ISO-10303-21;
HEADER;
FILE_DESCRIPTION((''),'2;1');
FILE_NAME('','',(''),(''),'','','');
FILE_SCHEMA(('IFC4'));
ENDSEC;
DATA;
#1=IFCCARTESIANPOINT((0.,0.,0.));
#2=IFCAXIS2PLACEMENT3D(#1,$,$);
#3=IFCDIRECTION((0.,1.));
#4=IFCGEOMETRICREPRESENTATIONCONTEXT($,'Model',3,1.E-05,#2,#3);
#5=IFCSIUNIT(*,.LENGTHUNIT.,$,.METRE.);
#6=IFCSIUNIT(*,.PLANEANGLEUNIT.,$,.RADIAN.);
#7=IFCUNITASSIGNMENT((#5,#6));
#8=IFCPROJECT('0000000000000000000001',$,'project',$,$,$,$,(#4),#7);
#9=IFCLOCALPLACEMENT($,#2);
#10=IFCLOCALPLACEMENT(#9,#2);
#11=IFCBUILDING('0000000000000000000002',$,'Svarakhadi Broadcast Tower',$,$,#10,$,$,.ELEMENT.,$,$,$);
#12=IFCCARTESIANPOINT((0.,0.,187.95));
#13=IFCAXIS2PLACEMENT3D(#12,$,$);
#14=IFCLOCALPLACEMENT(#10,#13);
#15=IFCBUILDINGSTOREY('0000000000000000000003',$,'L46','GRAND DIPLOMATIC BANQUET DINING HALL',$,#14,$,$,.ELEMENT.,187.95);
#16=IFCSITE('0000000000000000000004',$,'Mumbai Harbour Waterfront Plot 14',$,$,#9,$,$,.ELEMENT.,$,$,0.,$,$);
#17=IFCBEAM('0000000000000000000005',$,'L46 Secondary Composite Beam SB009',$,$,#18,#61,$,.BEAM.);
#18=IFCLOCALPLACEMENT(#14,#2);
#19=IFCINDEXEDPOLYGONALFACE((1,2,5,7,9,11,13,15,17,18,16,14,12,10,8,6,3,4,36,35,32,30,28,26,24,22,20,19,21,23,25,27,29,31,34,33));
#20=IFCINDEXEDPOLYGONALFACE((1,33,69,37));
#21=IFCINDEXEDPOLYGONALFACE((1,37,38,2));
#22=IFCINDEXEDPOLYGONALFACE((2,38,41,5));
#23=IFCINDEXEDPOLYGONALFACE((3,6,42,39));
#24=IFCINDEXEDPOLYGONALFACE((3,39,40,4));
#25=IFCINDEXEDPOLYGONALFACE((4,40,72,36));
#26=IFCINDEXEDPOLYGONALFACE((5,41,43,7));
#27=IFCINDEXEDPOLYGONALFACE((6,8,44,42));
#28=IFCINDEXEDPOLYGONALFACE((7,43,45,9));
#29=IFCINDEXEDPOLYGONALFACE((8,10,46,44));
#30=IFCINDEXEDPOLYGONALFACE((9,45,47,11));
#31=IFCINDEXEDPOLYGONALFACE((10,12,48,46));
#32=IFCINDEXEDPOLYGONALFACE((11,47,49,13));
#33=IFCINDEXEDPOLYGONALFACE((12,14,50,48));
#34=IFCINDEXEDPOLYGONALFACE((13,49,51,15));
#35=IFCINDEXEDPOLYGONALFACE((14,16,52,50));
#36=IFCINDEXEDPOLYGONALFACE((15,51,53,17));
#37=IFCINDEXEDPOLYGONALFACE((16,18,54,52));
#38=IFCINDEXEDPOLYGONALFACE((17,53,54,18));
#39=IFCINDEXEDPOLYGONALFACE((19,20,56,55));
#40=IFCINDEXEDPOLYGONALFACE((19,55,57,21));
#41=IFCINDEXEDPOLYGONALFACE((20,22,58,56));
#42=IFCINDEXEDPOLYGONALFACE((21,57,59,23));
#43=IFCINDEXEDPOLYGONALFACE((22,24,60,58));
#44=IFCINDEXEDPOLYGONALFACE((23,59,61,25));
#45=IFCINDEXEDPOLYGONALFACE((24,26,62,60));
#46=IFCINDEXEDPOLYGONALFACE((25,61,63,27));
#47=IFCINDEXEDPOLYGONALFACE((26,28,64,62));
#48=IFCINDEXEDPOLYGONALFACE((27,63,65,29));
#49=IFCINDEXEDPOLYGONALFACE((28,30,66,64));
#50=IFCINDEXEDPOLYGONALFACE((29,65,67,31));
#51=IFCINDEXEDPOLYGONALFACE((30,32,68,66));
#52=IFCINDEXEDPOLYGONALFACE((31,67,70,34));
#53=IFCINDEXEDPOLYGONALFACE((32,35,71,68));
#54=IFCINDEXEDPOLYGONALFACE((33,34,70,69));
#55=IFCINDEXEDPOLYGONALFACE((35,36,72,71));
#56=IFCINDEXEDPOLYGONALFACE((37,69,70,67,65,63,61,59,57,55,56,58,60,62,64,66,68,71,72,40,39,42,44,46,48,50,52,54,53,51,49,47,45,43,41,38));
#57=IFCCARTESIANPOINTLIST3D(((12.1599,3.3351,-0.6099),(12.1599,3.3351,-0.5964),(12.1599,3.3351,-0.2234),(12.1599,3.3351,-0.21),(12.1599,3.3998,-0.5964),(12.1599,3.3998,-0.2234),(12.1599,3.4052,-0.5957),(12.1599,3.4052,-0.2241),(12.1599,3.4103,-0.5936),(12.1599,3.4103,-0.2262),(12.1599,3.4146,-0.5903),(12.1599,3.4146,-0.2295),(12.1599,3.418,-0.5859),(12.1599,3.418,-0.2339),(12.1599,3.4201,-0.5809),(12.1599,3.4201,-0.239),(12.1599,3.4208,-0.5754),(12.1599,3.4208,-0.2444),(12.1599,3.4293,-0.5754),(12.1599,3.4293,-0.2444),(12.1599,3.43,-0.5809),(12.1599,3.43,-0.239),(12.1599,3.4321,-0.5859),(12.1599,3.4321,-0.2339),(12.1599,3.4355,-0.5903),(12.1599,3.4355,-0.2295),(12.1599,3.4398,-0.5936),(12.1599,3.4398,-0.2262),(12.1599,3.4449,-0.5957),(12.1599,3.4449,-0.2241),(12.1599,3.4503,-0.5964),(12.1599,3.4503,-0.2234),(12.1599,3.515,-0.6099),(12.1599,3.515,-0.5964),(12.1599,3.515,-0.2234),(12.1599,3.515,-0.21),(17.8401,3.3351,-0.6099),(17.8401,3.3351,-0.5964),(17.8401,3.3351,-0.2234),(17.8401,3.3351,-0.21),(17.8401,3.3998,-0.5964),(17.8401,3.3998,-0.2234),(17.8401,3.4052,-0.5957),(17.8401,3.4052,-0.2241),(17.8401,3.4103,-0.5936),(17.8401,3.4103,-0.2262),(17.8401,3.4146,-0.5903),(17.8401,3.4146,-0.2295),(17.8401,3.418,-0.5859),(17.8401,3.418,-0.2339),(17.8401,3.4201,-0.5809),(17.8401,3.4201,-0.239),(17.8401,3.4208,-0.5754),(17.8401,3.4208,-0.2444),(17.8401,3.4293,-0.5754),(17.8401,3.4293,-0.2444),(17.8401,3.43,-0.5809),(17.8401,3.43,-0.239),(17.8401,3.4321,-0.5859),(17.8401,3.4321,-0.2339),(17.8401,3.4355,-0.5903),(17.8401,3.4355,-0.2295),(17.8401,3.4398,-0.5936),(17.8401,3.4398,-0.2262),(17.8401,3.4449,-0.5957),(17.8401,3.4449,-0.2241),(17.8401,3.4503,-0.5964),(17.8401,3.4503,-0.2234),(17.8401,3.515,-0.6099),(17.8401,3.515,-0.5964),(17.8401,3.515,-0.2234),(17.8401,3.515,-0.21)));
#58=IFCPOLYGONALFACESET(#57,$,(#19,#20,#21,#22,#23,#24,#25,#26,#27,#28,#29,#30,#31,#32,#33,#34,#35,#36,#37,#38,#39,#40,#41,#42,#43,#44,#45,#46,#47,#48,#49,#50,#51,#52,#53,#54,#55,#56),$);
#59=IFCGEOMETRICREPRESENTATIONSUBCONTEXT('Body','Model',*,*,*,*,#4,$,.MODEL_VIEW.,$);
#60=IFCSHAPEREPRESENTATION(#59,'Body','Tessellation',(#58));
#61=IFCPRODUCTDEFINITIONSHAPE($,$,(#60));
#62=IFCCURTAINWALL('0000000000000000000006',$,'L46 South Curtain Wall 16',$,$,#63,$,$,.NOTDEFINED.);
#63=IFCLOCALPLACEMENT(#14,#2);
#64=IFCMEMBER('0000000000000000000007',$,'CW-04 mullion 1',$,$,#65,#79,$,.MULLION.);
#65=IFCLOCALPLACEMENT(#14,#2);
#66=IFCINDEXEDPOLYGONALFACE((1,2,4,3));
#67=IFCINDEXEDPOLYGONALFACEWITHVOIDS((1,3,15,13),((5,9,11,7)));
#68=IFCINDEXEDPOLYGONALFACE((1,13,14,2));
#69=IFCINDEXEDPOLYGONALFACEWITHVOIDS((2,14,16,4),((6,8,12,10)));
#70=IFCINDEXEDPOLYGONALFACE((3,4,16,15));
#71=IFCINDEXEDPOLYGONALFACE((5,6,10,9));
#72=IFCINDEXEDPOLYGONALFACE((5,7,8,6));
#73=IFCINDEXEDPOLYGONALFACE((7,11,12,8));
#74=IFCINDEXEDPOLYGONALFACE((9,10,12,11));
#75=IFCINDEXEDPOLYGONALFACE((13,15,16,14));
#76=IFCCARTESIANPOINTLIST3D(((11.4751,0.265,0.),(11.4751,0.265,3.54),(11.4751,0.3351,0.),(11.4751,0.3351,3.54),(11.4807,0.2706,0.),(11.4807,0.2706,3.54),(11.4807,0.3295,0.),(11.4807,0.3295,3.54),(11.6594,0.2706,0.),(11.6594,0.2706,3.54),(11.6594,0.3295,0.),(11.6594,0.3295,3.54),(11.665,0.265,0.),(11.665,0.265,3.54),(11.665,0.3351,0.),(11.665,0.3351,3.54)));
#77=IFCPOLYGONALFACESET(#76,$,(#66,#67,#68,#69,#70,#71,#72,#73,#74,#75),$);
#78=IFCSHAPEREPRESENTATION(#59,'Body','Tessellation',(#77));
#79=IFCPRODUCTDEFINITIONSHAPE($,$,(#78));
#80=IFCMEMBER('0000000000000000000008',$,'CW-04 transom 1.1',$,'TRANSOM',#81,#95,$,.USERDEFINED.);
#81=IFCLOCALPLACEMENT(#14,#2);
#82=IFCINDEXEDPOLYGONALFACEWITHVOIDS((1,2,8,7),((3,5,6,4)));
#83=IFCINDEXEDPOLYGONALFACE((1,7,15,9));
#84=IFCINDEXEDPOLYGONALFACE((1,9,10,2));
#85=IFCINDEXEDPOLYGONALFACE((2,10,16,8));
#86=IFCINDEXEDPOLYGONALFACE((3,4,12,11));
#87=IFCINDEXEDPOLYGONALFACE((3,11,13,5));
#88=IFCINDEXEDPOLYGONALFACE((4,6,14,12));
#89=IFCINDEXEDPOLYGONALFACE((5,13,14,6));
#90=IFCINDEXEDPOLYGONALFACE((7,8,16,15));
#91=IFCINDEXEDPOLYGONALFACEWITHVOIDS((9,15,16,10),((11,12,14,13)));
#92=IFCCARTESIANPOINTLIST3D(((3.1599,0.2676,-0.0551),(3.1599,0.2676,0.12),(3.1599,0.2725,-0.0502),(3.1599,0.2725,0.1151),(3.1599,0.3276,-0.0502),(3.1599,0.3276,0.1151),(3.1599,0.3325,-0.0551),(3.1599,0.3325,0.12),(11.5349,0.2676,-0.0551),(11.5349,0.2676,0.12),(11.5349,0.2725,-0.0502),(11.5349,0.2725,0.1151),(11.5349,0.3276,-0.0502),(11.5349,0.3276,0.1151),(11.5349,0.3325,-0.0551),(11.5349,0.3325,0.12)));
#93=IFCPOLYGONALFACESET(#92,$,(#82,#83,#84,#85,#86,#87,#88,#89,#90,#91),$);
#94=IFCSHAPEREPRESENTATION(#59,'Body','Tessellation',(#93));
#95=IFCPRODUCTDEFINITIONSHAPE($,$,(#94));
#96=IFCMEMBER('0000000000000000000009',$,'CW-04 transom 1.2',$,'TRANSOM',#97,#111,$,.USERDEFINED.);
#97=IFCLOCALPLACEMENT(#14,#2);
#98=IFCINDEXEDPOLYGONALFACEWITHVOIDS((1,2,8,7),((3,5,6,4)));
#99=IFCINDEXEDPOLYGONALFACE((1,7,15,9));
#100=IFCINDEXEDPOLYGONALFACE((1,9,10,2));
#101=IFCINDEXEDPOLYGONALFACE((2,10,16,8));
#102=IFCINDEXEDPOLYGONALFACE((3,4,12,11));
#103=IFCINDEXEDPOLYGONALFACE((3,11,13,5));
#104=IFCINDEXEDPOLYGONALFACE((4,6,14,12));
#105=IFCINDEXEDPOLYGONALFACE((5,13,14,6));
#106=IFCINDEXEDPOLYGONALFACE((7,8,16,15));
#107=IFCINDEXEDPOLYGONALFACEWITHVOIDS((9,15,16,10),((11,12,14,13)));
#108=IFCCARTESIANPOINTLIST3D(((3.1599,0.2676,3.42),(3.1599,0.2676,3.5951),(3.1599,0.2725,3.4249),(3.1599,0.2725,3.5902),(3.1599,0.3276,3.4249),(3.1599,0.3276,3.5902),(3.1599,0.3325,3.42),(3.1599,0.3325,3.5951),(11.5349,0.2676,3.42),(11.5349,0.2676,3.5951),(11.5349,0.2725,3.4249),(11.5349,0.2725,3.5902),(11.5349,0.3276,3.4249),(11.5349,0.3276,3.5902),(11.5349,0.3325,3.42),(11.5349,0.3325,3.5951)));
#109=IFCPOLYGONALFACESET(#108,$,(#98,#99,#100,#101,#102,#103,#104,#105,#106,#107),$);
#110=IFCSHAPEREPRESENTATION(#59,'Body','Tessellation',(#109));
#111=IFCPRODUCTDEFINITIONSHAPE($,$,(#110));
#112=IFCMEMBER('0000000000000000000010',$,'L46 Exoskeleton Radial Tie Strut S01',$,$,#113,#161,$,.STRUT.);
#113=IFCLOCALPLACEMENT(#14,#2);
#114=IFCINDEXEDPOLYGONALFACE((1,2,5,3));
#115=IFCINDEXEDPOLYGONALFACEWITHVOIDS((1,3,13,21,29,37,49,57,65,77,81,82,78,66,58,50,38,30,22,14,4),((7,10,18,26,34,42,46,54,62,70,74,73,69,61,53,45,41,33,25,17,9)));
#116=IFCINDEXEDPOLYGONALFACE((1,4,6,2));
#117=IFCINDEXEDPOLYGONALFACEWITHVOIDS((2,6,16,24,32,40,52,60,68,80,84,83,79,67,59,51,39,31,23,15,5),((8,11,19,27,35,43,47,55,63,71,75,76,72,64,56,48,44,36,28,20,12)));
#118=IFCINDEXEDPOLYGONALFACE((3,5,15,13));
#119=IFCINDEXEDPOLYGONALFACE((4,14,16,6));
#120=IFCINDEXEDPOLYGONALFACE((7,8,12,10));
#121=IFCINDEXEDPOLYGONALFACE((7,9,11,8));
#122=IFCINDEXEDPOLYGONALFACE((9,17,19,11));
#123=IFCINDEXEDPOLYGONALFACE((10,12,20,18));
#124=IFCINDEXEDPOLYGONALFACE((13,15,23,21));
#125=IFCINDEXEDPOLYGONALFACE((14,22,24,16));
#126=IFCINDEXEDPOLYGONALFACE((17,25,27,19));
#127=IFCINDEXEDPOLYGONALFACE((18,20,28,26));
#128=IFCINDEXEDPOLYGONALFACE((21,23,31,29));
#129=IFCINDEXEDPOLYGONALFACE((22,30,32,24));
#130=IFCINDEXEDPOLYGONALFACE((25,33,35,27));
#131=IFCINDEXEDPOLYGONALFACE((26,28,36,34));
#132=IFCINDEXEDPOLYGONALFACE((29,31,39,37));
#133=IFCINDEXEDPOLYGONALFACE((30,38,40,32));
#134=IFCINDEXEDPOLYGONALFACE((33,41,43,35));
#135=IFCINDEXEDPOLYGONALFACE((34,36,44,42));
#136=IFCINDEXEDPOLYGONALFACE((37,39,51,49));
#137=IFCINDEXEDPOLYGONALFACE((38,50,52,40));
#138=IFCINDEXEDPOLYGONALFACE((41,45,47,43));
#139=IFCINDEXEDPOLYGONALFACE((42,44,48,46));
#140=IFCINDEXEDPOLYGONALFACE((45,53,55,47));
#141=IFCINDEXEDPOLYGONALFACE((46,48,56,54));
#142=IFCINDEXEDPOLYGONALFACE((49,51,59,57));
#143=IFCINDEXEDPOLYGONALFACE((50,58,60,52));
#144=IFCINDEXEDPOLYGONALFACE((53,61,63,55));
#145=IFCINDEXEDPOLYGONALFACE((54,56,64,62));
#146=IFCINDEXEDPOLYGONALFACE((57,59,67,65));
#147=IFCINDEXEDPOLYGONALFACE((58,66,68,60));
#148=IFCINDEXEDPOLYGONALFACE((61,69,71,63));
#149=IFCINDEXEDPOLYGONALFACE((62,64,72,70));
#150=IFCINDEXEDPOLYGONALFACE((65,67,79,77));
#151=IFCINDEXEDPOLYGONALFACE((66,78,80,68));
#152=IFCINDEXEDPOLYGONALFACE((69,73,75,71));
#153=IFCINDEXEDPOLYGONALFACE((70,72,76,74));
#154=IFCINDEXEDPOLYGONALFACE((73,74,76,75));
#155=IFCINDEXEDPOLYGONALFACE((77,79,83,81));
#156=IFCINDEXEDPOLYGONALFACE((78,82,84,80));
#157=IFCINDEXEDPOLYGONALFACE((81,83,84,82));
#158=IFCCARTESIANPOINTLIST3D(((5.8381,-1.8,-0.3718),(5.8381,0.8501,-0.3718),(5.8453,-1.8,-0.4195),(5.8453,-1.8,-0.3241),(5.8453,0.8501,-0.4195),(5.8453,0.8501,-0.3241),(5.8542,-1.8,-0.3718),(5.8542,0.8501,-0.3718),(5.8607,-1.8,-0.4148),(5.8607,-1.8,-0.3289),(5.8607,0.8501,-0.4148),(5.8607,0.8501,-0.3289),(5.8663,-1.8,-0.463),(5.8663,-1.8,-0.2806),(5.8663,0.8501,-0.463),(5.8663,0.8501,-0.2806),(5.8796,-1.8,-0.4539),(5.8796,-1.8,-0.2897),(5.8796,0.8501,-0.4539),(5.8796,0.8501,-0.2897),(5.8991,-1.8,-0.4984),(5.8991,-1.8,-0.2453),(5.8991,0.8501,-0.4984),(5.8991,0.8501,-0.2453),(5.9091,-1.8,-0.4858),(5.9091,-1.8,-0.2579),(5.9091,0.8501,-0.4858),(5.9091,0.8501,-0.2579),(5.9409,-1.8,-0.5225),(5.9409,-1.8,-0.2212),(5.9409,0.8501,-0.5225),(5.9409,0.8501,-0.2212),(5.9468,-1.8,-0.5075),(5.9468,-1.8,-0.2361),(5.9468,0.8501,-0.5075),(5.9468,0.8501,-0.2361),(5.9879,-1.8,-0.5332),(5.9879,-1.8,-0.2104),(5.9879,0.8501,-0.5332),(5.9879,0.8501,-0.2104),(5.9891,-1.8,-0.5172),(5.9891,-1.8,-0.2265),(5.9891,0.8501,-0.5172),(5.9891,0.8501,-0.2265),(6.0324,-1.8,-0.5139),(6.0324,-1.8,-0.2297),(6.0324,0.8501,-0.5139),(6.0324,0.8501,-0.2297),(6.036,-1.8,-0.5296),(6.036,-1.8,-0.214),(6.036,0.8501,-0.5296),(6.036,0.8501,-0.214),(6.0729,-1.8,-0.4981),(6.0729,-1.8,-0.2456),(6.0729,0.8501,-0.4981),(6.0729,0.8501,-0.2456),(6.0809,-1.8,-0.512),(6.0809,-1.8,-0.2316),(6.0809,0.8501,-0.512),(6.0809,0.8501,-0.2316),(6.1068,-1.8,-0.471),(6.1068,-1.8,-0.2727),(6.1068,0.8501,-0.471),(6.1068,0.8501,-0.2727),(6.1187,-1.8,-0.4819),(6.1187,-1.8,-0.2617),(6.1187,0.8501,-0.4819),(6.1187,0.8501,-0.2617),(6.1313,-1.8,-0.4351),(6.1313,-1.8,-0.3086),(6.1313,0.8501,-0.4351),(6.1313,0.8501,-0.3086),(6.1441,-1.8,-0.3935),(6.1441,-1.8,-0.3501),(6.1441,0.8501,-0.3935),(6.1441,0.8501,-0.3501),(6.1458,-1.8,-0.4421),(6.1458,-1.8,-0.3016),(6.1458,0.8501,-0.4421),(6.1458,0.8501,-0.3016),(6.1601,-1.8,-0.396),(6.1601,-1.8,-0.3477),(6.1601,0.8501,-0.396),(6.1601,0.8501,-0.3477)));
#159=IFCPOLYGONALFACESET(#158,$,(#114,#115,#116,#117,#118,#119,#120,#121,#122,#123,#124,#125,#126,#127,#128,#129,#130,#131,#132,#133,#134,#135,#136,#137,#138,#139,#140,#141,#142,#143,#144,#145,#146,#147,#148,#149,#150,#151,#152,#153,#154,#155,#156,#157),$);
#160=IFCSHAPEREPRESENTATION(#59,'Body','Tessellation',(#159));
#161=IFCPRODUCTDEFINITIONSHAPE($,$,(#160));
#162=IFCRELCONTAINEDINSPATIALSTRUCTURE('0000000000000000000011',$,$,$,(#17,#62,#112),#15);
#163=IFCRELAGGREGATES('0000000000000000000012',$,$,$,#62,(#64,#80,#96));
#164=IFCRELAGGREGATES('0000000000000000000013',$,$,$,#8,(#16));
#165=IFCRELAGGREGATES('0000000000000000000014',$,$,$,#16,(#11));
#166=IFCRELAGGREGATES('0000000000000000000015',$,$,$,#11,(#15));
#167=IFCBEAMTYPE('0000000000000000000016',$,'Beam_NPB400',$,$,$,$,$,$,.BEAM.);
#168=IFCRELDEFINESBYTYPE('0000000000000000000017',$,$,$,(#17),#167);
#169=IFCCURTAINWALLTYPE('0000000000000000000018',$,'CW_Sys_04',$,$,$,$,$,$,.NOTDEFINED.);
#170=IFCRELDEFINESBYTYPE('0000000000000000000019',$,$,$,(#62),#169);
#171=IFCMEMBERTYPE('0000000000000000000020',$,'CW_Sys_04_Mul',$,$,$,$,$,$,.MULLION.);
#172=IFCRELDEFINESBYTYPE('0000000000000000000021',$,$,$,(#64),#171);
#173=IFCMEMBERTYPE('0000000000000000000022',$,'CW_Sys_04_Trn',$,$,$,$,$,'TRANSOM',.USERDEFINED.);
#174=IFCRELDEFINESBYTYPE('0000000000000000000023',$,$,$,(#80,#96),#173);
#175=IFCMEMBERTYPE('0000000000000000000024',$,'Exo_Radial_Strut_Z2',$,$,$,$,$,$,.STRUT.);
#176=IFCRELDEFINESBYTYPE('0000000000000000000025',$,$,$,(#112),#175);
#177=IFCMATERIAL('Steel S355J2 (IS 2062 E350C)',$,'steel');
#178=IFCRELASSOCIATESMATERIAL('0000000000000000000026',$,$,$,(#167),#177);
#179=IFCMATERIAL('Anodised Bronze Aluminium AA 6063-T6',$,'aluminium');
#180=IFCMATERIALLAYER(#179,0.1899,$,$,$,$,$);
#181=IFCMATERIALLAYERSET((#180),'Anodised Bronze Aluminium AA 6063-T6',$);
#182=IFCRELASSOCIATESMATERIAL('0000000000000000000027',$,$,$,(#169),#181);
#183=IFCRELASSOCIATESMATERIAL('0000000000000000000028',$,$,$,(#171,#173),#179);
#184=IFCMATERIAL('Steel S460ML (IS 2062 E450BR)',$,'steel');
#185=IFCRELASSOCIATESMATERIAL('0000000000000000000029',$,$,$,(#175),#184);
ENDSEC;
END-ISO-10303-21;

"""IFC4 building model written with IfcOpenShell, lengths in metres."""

from ifc_helpers import new_model, si_unit, direction, frame, origin, origin_2d, place, context, subcontext, project, spatial, hollow_rectangle, hollow_circle, i_section, extrude, material, layer, layer_set, material_profile, profile_set, type_object, element, aggregate, save


model = new_model("IFC4")

# Units and contexts
model_context = context("Model", 3, precision=1e-05, world=origin(), true_north=direction((0.0, 1.0)))
body_context = subcontext(model_context, "Body", "Model", "MODEL_VIEW")
ifc_project = project(units=[si_unit("LENGTHUNIT", "METRE"), si_unit("PLANEANGLEUNIT", "RADIAN")], contexts=[model_context])

# Site, building, storey
site_placement = place(None, origin())
site = spatial("IfcSite", under=ifc_project, at=site_placement, Name="Mumbai Harbour Waterfront Plot 14", CompositionType="ELEMENT", RefElevation=0.0)
building_placement = place(site_placement, origin())
building = spatial("IfcBuilding", under=site, at=building_placement, Name="Svarakhadi Broadcast Tower", CompositionType="ELEMENT")
storey_placement = place(building_placement, frame((0.0, 0.0, 187.95)))
storey = spatial("IfcBuildingStorey", under=building, at=storey_placement, Name="L46", Description="GRAND DIPLOMATIC BANQUET DINING HALL", CompositionType="ELEMENT", Elevation=187.95)

# Shared definitions
ifc_material_1 = material(Name="Steel S460ML (IS 2062 E450BR)", Category="steel")

# Beam
ifc_material_2 = material(Name="Steel S355J2 (IS 2062 E350C)", Category="steel")
ifc_material_profile_1 = material_profile(ifc_material_2, i_section(OverallWidth=0.1799, OverallDepth=0.3999, WebThickness=0.0085, FlangeThickness=0.0134, FilletRadius=0.021, at=origin_2d()), Name="NPB 400x180x66")
ifc_profile_set_1 = profile_set([ifc_material_profile_1], Name="Steel S355J2 (IS 2062 E350C)")
beam_type_1 = type_object("IfcBeamType", Name="Beam_NPB400", PredefinedType="BEAM", material=ifc_profile_set_1)
for number, where, z_axis, x_axis, name in (
    (1, (12.1599, 3.425, -0.4099), (1.0, 0.0, 0.0), (0.0, 1.0, 0.0), "L46 Secondary Composite Beam SB009"),
):
    element("IfcBeam", number, at=place(storey_placement, frame(where, z_axis=z_axis, x_axis=x_axis)), inside=storey, type_object=beam_type_1, Name=name, PredefinedType="BEAM", context=body_context, shape_type="SweptSolid", body=[
        extrude(i_section(OverallWidth=0.1799, OverallDepth=0.3999, WebThickness=0.0085, FlangeThickness=0.0134, FilletRadius=0.021, at=origin_2d()), origin(), (0.0, 0.0, 1.0), 5.6802),
    ])

# Curtain wall, members
ifc_material_3 = material(Name="Anodised Bronze Aluminium AA 6063-T6", Category="aluminium")
ifc_layer_1 = layer(ifc_material_3, 0.1899)
ifc_layer_set_1 = layer_set([ifc_layer_1], Name="Anodised Bronze Aluminium AA 6063-T6")
curtain_wall_type = type_object("IfcCurtainWallType", Name="CW_Sys_04", PredefinedType="NOTDEFINED", material=ifc_layer_set_1)
curtain_wall_placement = place(storey_placement, origin())
curtain_wall = element("IfcCurtainWall", 2, at=curtain_wall_placement, inside=storey, type_object=curtain_wall_type, Name="L46 South Curtain Wall 16", PredefinedType="NOTDEFINED")
ifc_material_profile_2 = material_profile(ifc_material_3, hollow_rectangle(XDim=0.0701, YDim=0.1899, WallThickness=0.0056, at=origin_2d()), Name="ALU MULLION 190x70x6")
ifc_profile_set_2 = profile_set([ifc_material_profile_2], Name="Anodised Bronze Aluminium AA 6063-T6")
member_type_1 = type_object("IfcMemberType", Name="CW_Sys_04_Mul", PredefinedType="MULLION", material=ifc_profile_set_2)
member_1_placement = place(storey_placement, frame((11.5701, 0.3, 0.0), z_axis=(0.0, 0.0, 1.0), x_axis=(0.0, -1.0, 0.0)))
member_1 = element("IfcMember", 3, at=member_1_placement, type_object=member_type_1, Name="CW-04 mullion 1", PredefinedType="MULLION", context=body_context, shape_type="SweptSolid", body=[
    extrude(hollow_rectangle(XDim=0.0701, YDim=0.1899, WallThickness=0.0056, at=origin_2d()), origin(), (0.0, 0.0, 1.0), 3.54),
])
ifc_material_profile_3 = material_profile(ifc_material_3, hollow_rectangle(XDim=0.0649, YDim=0.175, WallThickness=0.0049, at=origin_2d()), Name="ALU TRANSOM 175x65x5")
ifc_profile_set_3 = profile_set([ifc_material_profile_3], Name="Anodised Bronze Aluminium AA 6063-T6")
member_type_2 = type_object("IfcMemberType", Name="CW_Sys_04_Trn", ElementType="TRANSOM", PredefinedType="USERDEFINED", material=ifc_profile_set_3)
member_2_placement = place(storey_placement, frame((11.5349, 0.3, 0.0325), z_axis=(-1.0, 0.0, 0.0), x_axis=(0.0, -1.0, 0.0)))
member_2 = element("IfcMember", 4, at=member_2_placement, type_object=member_type_2, Name="CW-04 transom 1.1", ObjectType="TRANSOM", PredefinedType="USERDEFINED", context=body_context, shape_type="SweptSolid", body=[
    extrude(hollow_rectangle(XDim=0.0649, YDim=0.175, WallThickness=0.0049, at=origin_2d()), origin(), (0.0, 0.0, 1.0), 8.375),
])
member_3_placement = place(storey_placement, frame((11.5349, 0.3, 3.5076), z_axis=(-1.0, 0.0, 0.0), x_axis=(0.0, -1.0, 0.0)))
member_3 = element("IfcMember", 5, at=member_3_placement, type_object=member_type_2, Name="CW-04 transom 1.2", ObjectType="TRANSOM", PredefinedType="USERDEFINED", context=body_context, shape_type="SweptSolid", body=[
    extrude(hollow_rectangle(XDim=0.0649, YDim=0.175, WallThickness=0.0049, at=origin_2d()), origin(), (0.0, 0.0, 1.0), 8.375),
])

# Member
ifc_material_profile_4 = material_profile(ifc_material_1, hollow_circle(Radius=0.1619, WallThickness=0.0161, at=origin_2d()), Name="CHS 323.9x16")
ifc_profile_set_4 = profile_set([ifc_material_profile_4], Name="Steel S460ML (IS 2062 E450BR)")
member_type_3 = type_object("IfcMemberType", Name="Exo_Radial_Strut_Z2", PredefinedType="STRUT", material=ifc_profile_set_4)
member_4_placement = place(storey_placement, frame((6.0, -1.8, -0.3718), z_axis=(0.0, 1.0, 0.0), x_axis=(-1.0, 0.0, 0.0)))
element("IfcMember", 6, at=member_4_placement, inside=storey, type_object=member_type_3, Name="L46 Exoskeleton Radial Tie Strut S01", PredefinedType="STRUT", context=body_context, shape_type="SweptSolid", body=[
    extrude(hollow_circle(Radius=0.1619, WallThickness=0.0161, at=origin_2d()), origin(), (0.0, 0.0, 1.0), 2.6501),
])

aggregate(curtain_wall, [member_1, member_2, member_3])

save(model, "model.ifc")
